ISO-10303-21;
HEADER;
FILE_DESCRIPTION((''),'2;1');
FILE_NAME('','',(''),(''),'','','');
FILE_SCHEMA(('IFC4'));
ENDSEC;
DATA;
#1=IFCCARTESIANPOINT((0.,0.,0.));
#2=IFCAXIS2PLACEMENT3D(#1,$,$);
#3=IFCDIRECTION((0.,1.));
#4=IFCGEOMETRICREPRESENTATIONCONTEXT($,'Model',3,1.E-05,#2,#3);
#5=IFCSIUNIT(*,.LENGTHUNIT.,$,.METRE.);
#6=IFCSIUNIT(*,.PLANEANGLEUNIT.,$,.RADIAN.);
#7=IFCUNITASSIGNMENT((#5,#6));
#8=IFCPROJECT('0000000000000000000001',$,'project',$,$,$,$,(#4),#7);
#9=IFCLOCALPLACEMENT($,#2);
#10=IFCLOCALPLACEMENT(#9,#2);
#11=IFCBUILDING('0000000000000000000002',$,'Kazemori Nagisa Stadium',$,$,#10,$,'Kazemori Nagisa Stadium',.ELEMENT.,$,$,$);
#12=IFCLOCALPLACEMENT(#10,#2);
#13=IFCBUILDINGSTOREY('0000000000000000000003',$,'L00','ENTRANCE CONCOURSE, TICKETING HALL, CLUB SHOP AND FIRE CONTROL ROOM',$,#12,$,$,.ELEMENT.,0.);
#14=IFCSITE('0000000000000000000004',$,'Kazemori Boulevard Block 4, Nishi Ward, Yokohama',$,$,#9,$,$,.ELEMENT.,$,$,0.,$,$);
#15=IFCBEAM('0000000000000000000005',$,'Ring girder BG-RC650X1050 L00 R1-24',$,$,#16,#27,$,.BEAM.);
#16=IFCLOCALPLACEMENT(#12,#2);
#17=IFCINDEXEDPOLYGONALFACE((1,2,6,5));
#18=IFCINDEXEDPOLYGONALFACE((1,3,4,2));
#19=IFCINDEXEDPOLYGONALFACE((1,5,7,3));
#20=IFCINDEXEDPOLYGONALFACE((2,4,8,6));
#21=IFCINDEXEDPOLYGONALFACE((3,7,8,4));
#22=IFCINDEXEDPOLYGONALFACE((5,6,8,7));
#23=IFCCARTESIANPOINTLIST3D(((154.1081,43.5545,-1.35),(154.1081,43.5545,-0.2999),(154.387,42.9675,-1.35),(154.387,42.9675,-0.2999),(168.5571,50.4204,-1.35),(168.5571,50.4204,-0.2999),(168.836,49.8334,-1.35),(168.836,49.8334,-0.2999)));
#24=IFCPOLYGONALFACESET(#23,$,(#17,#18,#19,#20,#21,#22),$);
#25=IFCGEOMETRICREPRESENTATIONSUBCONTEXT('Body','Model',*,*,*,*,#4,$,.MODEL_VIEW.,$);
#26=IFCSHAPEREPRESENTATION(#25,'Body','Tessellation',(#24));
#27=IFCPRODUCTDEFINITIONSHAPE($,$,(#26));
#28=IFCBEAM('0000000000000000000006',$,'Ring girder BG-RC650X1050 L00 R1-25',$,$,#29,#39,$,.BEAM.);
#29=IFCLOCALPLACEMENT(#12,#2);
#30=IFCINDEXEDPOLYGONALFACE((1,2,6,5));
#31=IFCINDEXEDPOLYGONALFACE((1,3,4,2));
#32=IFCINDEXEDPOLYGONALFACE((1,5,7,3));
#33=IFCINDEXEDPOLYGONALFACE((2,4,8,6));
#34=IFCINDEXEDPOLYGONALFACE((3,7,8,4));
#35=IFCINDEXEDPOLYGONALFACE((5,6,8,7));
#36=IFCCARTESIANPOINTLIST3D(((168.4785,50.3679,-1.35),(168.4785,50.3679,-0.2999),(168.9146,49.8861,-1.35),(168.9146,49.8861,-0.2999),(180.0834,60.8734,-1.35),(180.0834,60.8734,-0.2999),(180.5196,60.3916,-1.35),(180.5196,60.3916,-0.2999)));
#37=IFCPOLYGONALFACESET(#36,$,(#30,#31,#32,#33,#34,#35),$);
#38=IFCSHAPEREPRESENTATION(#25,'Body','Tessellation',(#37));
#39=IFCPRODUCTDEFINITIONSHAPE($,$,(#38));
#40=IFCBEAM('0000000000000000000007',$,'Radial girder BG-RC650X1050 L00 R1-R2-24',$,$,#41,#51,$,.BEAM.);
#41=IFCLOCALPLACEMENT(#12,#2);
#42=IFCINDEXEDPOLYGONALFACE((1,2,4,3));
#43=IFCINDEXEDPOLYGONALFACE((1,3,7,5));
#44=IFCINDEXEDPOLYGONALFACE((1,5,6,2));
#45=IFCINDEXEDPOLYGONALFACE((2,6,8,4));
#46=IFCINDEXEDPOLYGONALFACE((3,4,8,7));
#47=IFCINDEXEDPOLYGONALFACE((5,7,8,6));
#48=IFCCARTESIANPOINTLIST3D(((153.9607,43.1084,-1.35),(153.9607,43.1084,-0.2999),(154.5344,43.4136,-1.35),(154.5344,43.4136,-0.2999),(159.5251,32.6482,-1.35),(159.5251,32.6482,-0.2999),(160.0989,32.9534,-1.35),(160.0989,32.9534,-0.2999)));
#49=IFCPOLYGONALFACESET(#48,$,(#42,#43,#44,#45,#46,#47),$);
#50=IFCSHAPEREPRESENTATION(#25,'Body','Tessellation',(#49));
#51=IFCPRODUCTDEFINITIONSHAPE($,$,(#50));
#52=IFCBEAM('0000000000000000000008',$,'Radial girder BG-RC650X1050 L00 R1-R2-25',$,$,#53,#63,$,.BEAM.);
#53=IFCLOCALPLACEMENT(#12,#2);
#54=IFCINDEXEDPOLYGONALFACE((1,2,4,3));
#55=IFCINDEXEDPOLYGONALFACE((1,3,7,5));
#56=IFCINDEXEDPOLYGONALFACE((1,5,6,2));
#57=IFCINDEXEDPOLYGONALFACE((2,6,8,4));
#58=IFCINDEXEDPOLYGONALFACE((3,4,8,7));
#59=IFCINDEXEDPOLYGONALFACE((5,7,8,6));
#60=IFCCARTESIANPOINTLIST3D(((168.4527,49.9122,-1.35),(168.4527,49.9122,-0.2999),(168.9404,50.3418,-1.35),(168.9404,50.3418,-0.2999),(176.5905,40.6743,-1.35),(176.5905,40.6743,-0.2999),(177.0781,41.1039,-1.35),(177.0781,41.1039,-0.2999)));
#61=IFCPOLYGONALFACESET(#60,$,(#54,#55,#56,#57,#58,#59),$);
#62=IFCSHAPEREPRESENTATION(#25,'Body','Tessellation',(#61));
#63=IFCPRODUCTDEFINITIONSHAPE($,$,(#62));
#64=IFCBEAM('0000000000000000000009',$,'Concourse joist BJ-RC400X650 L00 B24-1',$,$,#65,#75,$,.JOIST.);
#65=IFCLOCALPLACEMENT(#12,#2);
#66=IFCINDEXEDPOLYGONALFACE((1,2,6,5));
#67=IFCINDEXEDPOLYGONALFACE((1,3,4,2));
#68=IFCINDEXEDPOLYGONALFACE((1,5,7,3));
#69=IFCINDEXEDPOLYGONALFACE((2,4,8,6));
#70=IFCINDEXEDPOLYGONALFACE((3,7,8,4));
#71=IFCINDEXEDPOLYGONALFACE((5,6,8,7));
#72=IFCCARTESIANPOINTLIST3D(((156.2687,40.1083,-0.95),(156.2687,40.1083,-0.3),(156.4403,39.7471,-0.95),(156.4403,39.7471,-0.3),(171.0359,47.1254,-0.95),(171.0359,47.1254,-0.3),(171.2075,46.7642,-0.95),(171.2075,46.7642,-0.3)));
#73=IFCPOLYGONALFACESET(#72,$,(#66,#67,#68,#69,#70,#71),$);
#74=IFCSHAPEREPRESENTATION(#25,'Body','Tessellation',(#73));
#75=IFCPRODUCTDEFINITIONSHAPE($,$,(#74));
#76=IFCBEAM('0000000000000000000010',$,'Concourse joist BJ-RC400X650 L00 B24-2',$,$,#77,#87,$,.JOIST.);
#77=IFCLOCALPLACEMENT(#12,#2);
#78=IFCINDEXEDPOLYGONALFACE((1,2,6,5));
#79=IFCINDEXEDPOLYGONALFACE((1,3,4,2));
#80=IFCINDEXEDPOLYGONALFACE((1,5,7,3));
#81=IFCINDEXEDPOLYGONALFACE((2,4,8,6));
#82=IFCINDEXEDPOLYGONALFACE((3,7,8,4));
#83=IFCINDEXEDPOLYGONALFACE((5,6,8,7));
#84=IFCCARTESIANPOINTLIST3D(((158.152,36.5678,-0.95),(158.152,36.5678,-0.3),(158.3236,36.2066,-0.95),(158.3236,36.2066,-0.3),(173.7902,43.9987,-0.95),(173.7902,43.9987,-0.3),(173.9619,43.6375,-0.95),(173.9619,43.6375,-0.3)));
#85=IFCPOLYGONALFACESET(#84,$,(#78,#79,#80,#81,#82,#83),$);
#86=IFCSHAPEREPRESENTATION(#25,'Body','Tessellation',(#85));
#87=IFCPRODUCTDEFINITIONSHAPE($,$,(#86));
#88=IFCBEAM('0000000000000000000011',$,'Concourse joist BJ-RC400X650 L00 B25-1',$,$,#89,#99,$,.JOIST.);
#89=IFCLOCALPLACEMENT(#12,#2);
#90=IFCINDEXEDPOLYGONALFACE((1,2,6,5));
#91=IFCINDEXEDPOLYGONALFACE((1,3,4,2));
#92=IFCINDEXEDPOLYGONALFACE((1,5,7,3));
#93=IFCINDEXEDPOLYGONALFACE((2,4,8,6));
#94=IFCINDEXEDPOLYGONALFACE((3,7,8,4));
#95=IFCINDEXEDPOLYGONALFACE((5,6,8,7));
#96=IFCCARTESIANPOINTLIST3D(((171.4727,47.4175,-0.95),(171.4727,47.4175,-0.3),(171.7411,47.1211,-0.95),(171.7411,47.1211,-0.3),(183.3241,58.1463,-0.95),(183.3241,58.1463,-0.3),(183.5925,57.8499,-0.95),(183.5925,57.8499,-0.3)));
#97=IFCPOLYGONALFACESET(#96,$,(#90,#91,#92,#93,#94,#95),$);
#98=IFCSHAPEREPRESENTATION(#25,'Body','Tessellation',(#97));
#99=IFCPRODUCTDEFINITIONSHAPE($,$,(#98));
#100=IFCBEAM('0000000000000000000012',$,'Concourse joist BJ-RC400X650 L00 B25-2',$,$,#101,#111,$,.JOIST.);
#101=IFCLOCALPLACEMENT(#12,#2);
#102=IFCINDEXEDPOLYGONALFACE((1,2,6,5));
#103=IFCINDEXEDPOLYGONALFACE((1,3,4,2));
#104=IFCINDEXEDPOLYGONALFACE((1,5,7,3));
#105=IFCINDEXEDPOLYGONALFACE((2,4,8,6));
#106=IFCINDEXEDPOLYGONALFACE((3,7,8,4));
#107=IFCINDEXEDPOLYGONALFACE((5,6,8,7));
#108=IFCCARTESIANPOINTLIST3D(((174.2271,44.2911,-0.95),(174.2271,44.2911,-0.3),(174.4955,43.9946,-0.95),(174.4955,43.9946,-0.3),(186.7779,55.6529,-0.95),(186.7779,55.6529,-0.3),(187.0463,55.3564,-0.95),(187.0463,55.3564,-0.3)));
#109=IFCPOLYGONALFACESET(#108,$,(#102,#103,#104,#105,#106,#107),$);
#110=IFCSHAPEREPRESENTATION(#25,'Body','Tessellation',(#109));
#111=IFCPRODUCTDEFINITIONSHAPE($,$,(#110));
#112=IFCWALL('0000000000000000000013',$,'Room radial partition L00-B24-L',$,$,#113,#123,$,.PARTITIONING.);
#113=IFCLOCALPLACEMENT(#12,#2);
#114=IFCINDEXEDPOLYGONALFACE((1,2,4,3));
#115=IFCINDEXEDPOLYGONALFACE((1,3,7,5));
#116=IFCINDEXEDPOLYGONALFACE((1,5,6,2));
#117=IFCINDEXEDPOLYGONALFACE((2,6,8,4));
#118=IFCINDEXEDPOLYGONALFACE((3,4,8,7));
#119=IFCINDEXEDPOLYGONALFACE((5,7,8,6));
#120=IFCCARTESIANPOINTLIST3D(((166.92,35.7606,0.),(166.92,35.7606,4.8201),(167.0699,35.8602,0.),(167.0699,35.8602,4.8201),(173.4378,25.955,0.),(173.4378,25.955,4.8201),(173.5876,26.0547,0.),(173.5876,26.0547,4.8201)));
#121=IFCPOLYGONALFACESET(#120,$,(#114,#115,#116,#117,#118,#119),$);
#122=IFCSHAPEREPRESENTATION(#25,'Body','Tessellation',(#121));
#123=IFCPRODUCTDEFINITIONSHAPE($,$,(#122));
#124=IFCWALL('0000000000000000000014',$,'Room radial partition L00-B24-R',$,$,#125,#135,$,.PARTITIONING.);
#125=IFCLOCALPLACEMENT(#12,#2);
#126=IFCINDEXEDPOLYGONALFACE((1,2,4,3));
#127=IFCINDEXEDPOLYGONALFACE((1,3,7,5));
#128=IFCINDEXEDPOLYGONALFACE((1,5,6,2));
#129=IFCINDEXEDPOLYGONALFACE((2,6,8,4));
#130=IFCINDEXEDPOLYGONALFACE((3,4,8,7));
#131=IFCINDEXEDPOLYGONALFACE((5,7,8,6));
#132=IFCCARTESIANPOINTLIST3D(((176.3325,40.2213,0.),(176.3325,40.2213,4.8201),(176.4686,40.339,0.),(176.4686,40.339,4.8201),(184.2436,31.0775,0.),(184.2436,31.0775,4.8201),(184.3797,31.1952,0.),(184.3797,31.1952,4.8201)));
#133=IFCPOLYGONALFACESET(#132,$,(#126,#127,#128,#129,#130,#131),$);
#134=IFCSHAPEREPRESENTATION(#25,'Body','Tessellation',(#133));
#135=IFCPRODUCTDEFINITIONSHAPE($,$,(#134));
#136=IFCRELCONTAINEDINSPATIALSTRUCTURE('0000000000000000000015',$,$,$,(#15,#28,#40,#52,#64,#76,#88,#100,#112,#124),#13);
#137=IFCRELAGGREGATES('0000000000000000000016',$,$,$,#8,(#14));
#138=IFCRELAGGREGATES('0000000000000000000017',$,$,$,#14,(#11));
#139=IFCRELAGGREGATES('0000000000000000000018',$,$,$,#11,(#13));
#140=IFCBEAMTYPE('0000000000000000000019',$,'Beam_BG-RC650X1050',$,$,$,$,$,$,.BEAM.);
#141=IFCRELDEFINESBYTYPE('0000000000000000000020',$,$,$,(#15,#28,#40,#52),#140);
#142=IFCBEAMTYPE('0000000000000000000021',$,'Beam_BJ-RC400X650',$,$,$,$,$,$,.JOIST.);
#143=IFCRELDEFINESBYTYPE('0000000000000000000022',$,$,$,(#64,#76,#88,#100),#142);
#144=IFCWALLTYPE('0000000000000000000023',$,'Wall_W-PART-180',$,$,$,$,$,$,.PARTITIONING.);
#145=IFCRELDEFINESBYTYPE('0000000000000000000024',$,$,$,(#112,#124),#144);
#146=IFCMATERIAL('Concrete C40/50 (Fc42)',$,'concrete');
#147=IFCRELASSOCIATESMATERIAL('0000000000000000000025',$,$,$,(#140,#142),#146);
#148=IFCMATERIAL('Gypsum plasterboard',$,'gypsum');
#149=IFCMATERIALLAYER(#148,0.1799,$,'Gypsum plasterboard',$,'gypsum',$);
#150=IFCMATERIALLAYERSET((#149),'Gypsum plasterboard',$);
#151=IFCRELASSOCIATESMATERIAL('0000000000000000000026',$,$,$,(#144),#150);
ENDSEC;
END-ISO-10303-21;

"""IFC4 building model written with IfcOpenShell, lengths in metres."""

from ifc_helpers import new_model, si_unit, direction, frame, frame_2d, origin, origin_2d, place, context, subcontext, project, spatial, rectangle, extrude, material, layer, layer_set, material_profile, profile_set, type_object, element, save


model = new_model("IFC4")

# Units and contexts
model_context = context("Model", 3, precision=1e-05, world=origin(), true_north=direction((0.0, 1.0)))
body_context = subcontext(model_context, "Body", "Model", "MODEL_VIEW")
ifc_project = project(units=[si_unit("LENGTHUNIT", "METRE"), si_unit("PLANEANGLEUNIT", "RADIAN")], contexts=[model_context])

# Site, building, storey
site_placement = place(None, origin())
site = spatial("IfcSite", under=ifc_project, at=site_placement, Name="Kazemori Boulevard Block 4, Nishi Ward, Yokohama", CompositionType="ELEMENT", RefElevation=0.0)
building_placement = place(site_placement, origin())
building = spatial("IfcBuilding", under=site, at=building_placement, Name="Kazemori Nagisa Stadium", LongName="Kazemori Nagisa Stadium", CompositionType="ELEMENT")
storey_placement = place(building_placement, origin())
storey = spatial("IfcBuildingStorey", under=building, at=storey_placement, Name="L00", Description="ENTRANCE CONCOURSE, TICKETING HALL, CLUB SHOP AND FIRE CONTROL ROOM", CompositionType="ELEMENT", Elevation=0.0)

# Shared definitions
ifc_material_1 = material(Name="Concrete C40/50 (Fc42)", Category="concrete")

# Beams
ifc_material_profile_1 = material_profile(ifc_material_1, rectangle(XDim=0.6499, YDim=1.05, at=origin_2d()), Name="RC-BM-650x1050")
ifc_profile_set_1 = profile_set([ifc_material_profile_1], Name="Concrete C40/50 (Fc42)")
beam_type_1 = type_object("IfcBeamType", Name="Beam_BG-RC650X1050", PredefinedType="BEAM", material=ifc_profile_set_1)
beam_1_placement = place(storey_placement, frame((154.2476, 43.261, -0.825), z_axis=(0.903212, 0.429195, 0.0), x_axis=(-0.429195, 0.903212, 0.0)))
element("IfcBeam", 1, at=beam_1_placement, inside=storey, type_object=beam_type_1, Name="Ring girder BG-RC650X1050 L00 R1-24", PredefinedType="BEAM", context=body_context, shape_type="SweptSolid", body=[
    extrude(rectangle(XDim=0.6499, YDim=1.05, at=origin_2d()), origin(), (0.0, 0.0, 1.0), 15.9973),
])
beam_2_placement = place(storey_placement, frame((168.6965, 50.127, -0.825), z_axis=(0.741349, 0.67112, 0.0), x_axis=(-0.67112, 0.741349, 0.0)))
element("IfcBeam", 2, at=beam_2_placement, inside=storey, type_object=beam_type_1, Name="Ring girder BG-RC650X1050 L00 R1-25", PredefinedType="BEAM", context=body_context, shape_type="SweptSolid", body=[
    extrude(rectangle(XDim=0.6499, YDim=1.05, at=origin_2d()), origin(), (0.0, 0.0, 1.0), 15.6538),
])
beam_3_placement = place(storey_placement, frame((154.2476, 43.261, -0.825), z_axis=(0.469647, -0.882854, 0.0), x_axis=(0.882854, 0.469647, 0.0)))
element("IfcBeam", 3, at=beam_3_placement, inside=storey, type_object=beam_type_1, Name="Radial girder BG-RC650X1050 L00 R1-R2-24", PredefinedType="BEAM", context=body_context, shape_type="SweptSolid", body=[
    extrude(rectangle(XDim=0.6499, YDim=1.05, at=origin_2d()), origin(), (0.0, 0.0, 1.0), 11.8481),
])
beam_4_placement = place(storey_placement, frame((168.6965, 50.127, -0.825), z_axis=(0.661014, -0.750374, 0.0), x_axis=(0.750374, 0.661014, 0.0)))
element("IfcBeam", 4, at=beam_4_placement, inside=storey, type_object=beam_type_1, Name="Radial girder BG-RC650X1050 L00 R1-R2-25", PredefinedType="BEAM", context=body_context, shape_type="SweptSolid", body=[
    extrude(rectangle(XDim=0.6499, YDim=1.05, at=origin_2d()), origin(), (0.0, 0.0, 1.0), 12.311),
])
ifc_material_profile_2 = material_profile(ifc_material_1, rectangle(XDim=0.3999, YDim=0.6499, at=origin_2d()), Name="RC-BM-400x650")
ifc_profile_set_2 = profile_set([ifc_material_profile_2], Name="Concrete C40/50 (Fc42)")
beam_type_2 = type_object("IfcBeamType", Name="Beam_BJ-RC400X650", PredefinedType="JOIST", material=ifc_profile_set_2)
beam_5_placement = place(storey_placement, frame((156.3545, 39.9277, -0.625), z_axis=(0.903216, 0.429187, 0.0), x_axis=(-0.429187, 0.903216, 0.0)))
element("IfcBeam", 5, at=beam_5_placement, inside=storey, type_object=beam_type_2, Name="Concourse joist BJ-RC400X650 L00 B24-1", PredefinedType="JOIST", context=body_context, shape_type="SweptSolid", body=[
    extrude(rectangle(XDim=0.3999, YDim=0.6499, at=origin_2d()), origin(), (0.0, 0.0, 1.0), 16.3496),
])
beam_6_placement = place(storey_placement, frame((158.2378, 36.3872, -0.625), z_axis=(0.903215, 0.429187, 0.0), x_axis=(-0.429187, 0.903215, 0.0)))
element("IfcBeam", 6, at=beam_6_placement, inside=storey, type_object=beam_type_2, Name="Concourse joist BJ-RC400X650 L00 B24-2", PredefinedType="JOIST", context=body_context, shape_type="SweptSolid", body=[
    extrude(rectangle(XDim=0.3999, YDim=0.6499, at=origin_2d()), origin(), (0.0, 0.0, 1.0), 17.314),
])
beam_7_placement = place(storey_placement, frame((171.6069, 47.2693, -0.625), z_axis=(0.741345, 0.671124, 0.0), x_axis=(-0.671124, 0.741345, 0.0)))
element("IfcBeam", 7, at=beam_7_placement, inside=storey, type_object=beam_type_2, Name="Concourse joist BJ-RC400X650 L00 B25-1", PredefinedType="JOIST", context=body_context, shape_type="SweptSolid", body=[
    extrude(rectangle(XDim=0.3999, YDim=0.6499, at=origin_2d()), origin(), (0.0, 0.0, 1.0), 15.9863),
])
beam_8_placement = place(storey_placement, frame((174.3613, 44.1428, -0.625), z_axis=(0.741349, 0.671119, 0.0), x_axis=(-0.671119, 0.741349, 0.0)))
element("IfcBeam", 8, at=beam_8_placement, inside=storey, type_object=beam_type_2, Name="Concourse joist BJ-RC400X650 L00 B25-2", PredefinedType="JOIST", context=body_context, shape_type="SweptSolid", body=[
    extrude(rectangle(XDim=0.3999, YDim=0.6499, at=origin_2d()), origin(), (0.0, 0.0, 1.0), 16.9297),
])

# Walls
ifc_material_2 = material(Name="Gypsum plasterboard", Category="gypsum")
ifc_layer = layer(ifc_material_2, 0.1799, Name="Gypsum plasterboard", Category="gypsum")
ifc_layer_set = layer_set([ifc_layer], Name="Gypsum plasterboard")
wall_type = type_object("IfcWallType", Name="Wall_W-PART-180", PredefinedType="PARTITIONING", material=ifc_layer_set)
wall_1_placement = place(storey_placement, frame((166.9949, 35.8105, 0.0), z_axis=(0.0, 0.0, 1.0), x_axis=(0.553566, -0.832806, 0.0)))
element("IfcWall", 9, at=wall_1_placement, inside=storey, type_object=wall_type, Name="Room radial partition L00-B24-L", PredefinedType="PARTITIONING", context=body_context, shape_type="SweptSolid", body=[
    extrude(rectangle(XDim=11.7742, YDim=0.1799, at=frame_2d((5.8872, 0.0))), origin(), (0.0, 0.0, 1.0), 4.8201),
])
wall_2_placement = place(storey_placement, frame((176.4006, 40.28, 0.0), z_axis=(0.0, 0.0, 1.0), x_axis=(0.654293, -0.756241, 0.0)))
element("IfcWall", 10, at=wall_2_placement, inside=storey, type_object=wall_type, Name="Room radial partition L00-B24-R", PredefinedType="PARTITIONING", context=body_context, shape_type="SweptSolid", body=[
    extrude(rectangle(XDim=12.0911, YDim=0.1799, at=frame_2d((6.0454, 0.0))), origin(), (0.0, 0.0, 1.0), 4.8201),
])

save(model, "model.ifc")
